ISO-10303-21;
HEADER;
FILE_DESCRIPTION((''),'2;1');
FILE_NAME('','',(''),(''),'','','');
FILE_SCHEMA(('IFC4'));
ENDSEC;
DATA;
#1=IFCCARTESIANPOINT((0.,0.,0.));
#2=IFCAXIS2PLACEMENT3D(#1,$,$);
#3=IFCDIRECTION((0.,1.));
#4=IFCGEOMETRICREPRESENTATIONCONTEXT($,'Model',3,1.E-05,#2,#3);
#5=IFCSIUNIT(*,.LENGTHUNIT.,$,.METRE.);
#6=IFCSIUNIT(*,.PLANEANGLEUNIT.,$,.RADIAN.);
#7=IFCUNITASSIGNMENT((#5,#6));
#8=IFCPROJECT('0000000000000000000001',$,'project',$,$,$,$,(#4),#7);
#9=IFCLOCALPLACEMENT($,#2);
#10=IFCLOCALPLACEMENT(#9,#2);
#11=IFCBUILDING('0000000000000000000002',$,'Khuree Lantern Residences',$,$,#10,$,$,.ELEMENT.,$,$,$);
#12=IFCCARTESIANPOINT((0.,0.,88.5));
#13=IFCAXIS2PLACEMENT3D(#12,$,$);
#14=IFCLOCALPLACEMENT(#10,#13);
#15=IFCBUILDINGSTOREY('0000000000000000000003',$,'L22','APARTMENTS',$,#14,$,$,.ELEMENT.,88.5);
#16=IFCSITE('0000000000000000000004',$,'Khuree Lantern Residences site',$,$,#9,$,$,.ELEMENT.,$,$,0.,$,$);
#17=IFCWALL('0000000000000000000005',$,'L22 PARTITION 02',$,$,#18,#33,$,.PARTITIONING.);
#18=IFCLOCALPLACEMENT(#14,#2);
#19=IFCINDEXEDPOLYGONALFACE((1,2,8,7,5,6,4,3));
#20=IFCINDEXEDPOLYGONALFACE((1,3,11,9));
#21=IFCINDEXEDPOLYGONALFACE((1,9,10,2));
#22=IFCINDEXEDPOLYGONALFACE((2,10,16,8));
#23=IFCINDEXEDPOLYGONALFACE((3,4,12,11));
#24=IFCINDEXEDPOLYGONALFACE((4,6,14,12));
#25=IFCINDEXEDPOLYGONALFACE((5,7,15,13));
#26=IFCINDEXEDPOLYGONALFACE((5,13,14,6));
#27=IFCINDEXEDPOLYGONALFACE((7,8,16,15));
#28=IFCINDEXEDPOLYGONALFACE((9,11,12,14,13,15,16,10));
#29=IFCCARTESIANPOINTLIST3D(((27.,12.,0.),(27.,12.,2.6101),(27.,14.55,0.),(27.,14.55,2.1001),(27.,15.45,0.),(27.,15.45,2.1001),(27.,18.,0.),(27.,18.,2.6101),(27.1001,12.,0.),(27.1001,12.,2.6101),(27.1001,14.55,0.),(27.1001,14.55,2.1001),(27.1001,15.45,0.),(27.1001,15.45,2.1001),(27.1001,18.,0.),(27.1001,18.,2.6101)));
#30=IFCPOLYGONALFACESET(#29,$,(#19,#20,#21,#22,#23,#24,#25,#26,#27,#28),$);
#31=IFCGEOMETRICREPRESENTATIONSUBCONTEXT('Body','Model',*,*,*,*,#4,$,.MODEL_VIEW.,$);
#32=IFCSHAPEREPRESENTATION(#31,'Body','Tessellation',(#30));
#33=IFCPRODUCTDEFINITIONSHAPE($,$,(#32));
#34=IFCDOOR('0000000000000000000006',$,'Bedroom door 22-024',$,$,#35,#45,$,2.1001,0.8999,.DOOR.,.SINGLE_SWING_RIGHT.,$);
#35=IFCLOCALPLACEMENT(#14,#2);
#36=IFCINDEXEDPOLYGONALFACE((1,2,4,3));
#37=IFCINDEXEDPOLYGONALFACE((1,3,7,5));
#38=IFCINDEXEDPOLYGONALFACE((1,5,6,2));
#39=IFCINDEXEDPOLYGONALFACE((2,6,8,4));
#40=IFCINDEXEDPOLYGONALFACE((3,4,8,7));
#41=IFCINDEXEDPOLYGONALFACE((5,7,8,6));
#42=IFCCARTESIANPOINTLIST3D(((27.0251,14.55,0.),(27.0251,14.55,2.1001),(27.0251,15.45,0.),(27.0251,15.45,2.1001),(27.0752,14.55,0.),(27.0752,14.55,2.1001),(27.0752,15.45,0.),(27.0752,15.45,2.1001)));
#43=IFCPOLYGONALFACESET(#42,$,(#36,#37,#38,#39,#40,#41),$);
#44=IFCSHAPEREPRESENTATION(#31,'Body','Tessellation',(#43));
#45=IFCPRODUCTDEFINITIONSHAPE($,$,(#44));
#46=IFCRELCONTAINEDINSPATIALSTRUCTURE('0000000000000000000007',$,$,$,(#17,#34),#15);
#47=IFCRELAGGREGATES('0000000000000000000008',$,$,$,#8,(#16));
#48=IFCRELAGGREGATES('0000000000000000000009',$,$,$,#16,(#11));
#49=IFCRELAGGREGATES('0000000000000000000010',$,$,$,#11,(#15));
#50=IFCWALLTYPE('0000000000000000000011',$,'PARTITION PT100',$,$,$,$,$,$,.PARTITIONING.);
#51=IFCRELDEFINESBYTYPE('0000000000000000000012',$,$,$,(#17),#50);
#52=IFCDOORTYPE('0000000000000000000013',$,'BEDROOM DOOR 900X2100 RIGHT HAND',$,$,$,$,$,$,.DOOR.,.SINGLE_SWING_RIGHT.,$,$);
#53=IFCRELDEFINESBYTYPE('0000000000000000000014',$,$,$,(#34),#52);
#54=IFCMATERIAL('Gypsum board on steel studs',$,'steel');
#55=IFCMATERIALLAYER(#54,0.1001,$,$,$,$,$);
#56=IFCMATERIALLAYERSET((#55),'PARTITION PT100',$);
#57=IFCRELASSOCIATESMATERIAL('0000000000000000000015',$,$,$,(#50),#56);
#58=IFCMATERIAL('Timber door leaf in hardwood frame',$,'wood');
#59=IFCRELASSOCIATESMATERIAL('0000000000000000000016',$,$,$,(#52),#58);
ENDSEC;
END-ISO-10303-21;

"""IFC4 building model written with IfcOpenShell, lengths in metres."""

from ifc_helpers import new_model, si_unit, direction, frame, frame_2d, origin, place, context, subcontext, project, spatial, rectangle, extrude, material, layer, layer_set, type_object, element, fill, save


model = new_model("IFC4")

# Units and contexts
model_context = context("Model", 3, precision=1e-05, world=origin(), true_north=direction((0.0, 1.0)))
body_context = subcontext(model_context, "Body", "Model", "MODEL_VIEW")
ifc_project = project(units=[si_unit("LENGTHUNIT", "METRE"), si_unit("PLANEANGLEUNIT", "RADIAN")], contexts=[model_context])

# Site, building, storey
site_placement = place(None, origin())
site = spatial("IfcSite", under=ifc_project, at=site_placement, Name="Khuree Lantern Residences site", CompositionType="ELEMENT", RefElevation=0.0)
building_placement = place(site_placement, origin())
building = spatial("IfcBuilding", under=site, at=building_placement, Name="Khuree Lantern Residences", CompositionType="ELEMENT")
storey_placement = place(building_placement, frame((0.0, 0.0, 88.5)))
storey = spatial("IfcBuildingStorey", under=building, at=storey_placement, Name="L22", Description="APARTMENTS", CompositionType="ELEMENT", Elevation=88.5)

# Shared definitions
ifc_material_1 = material(Name="Timber door leaf in hardwood frame", Category="wood")

# Shared definitions
ifc_material_2 = material(Name="Gypsum board on steel studs", Category="steel")
ifc_layer_1 = layer(ifc_material_2, 0.1001)
ifc_layer_set_1 = layer_set([ifc_layer_1], Name="PARTITION PT100")
wall_type_1 = type_object("IfcWallType", Name="PARTITION PT100", PredefinedType="PARTITIONING", material=ifc_layer_set_1)

# Wall, opening, door
wall_1_placement = place(storey_placement, frame((27.05, 12.0, 0.0), z_axis=(0.0, 0.0, 1.0), x_axis=(0.0, 1.0, 0.0)))
wall_1 = element("IfcWall", 1, at=wall_1_placement, inside=storey, type_object=wall_type_1, Name="L22 PARTITION 02", PredefinedType="PARTITIONING", context=body_context, shape_type="SweptSolid", body=[
    extrude(rectangle(XDim=6.0, YDim=0.1001, at=frame_2d((3.0, 0.0))), origin(), (0.0, 0.0, 1.0), 2.6101),
])
opening_1_placement = place(wall_1_placement, frame((2.55, 0.0, 0.0)))
opening_1 = element("IfcOpeningElement", 2, at=opening_1_placement, cuts=wall_1, PredefinedType="OPENING", context=body_context, shape_type="SweptSolid", body=[
    extrude(rectangle(XDim=0.8999, YDim=2.1001, at=frame_2d((0.45, 1.05))), frame((0.0, 0.0601, 0.0), z_axis=(0.0, -1.0, 0.0), x_axis=(1.0, 0.0, 0.0)), (0.0, 0.0, 1.0), 0.1201),
])
door_type_1 = type_object("IfcDoorType", Name="BEDROOM DOOR 900X2100 RIGHT HAND", OperationType="SINGLE_SWING_RIGHT", PredefinedType="DOOR", material=ifc_material_1)
door_1_placement = place(opening_1_placement, origin())
door_1 = element("IfcDoor", 3, at=door_1_placement, inside=storey, type_object=door_type_1, Name="Bedroom door 22-024", OperationType="SINGLE_SWING_RIGHT", OverallHeight=2.1001, OverallWidth=0.8999, PredefinedType="DOOR", context=body_context, shape_type="SweptSolid", body=[
    extrude(rectangle(XDim=0.8999, YDim=2.1001, at=frame_2d((0.45, 1.05))), frame((0.0, 0.0249, 0.0), z_axis=(0.0, -1.0, 0.0), x_axis=(1.0, 0.0, 0.0)), (0.0, 0.0, 1.0), 0.05),
])
fill(opening_1, door_1)

save(model, "model.ifc")
